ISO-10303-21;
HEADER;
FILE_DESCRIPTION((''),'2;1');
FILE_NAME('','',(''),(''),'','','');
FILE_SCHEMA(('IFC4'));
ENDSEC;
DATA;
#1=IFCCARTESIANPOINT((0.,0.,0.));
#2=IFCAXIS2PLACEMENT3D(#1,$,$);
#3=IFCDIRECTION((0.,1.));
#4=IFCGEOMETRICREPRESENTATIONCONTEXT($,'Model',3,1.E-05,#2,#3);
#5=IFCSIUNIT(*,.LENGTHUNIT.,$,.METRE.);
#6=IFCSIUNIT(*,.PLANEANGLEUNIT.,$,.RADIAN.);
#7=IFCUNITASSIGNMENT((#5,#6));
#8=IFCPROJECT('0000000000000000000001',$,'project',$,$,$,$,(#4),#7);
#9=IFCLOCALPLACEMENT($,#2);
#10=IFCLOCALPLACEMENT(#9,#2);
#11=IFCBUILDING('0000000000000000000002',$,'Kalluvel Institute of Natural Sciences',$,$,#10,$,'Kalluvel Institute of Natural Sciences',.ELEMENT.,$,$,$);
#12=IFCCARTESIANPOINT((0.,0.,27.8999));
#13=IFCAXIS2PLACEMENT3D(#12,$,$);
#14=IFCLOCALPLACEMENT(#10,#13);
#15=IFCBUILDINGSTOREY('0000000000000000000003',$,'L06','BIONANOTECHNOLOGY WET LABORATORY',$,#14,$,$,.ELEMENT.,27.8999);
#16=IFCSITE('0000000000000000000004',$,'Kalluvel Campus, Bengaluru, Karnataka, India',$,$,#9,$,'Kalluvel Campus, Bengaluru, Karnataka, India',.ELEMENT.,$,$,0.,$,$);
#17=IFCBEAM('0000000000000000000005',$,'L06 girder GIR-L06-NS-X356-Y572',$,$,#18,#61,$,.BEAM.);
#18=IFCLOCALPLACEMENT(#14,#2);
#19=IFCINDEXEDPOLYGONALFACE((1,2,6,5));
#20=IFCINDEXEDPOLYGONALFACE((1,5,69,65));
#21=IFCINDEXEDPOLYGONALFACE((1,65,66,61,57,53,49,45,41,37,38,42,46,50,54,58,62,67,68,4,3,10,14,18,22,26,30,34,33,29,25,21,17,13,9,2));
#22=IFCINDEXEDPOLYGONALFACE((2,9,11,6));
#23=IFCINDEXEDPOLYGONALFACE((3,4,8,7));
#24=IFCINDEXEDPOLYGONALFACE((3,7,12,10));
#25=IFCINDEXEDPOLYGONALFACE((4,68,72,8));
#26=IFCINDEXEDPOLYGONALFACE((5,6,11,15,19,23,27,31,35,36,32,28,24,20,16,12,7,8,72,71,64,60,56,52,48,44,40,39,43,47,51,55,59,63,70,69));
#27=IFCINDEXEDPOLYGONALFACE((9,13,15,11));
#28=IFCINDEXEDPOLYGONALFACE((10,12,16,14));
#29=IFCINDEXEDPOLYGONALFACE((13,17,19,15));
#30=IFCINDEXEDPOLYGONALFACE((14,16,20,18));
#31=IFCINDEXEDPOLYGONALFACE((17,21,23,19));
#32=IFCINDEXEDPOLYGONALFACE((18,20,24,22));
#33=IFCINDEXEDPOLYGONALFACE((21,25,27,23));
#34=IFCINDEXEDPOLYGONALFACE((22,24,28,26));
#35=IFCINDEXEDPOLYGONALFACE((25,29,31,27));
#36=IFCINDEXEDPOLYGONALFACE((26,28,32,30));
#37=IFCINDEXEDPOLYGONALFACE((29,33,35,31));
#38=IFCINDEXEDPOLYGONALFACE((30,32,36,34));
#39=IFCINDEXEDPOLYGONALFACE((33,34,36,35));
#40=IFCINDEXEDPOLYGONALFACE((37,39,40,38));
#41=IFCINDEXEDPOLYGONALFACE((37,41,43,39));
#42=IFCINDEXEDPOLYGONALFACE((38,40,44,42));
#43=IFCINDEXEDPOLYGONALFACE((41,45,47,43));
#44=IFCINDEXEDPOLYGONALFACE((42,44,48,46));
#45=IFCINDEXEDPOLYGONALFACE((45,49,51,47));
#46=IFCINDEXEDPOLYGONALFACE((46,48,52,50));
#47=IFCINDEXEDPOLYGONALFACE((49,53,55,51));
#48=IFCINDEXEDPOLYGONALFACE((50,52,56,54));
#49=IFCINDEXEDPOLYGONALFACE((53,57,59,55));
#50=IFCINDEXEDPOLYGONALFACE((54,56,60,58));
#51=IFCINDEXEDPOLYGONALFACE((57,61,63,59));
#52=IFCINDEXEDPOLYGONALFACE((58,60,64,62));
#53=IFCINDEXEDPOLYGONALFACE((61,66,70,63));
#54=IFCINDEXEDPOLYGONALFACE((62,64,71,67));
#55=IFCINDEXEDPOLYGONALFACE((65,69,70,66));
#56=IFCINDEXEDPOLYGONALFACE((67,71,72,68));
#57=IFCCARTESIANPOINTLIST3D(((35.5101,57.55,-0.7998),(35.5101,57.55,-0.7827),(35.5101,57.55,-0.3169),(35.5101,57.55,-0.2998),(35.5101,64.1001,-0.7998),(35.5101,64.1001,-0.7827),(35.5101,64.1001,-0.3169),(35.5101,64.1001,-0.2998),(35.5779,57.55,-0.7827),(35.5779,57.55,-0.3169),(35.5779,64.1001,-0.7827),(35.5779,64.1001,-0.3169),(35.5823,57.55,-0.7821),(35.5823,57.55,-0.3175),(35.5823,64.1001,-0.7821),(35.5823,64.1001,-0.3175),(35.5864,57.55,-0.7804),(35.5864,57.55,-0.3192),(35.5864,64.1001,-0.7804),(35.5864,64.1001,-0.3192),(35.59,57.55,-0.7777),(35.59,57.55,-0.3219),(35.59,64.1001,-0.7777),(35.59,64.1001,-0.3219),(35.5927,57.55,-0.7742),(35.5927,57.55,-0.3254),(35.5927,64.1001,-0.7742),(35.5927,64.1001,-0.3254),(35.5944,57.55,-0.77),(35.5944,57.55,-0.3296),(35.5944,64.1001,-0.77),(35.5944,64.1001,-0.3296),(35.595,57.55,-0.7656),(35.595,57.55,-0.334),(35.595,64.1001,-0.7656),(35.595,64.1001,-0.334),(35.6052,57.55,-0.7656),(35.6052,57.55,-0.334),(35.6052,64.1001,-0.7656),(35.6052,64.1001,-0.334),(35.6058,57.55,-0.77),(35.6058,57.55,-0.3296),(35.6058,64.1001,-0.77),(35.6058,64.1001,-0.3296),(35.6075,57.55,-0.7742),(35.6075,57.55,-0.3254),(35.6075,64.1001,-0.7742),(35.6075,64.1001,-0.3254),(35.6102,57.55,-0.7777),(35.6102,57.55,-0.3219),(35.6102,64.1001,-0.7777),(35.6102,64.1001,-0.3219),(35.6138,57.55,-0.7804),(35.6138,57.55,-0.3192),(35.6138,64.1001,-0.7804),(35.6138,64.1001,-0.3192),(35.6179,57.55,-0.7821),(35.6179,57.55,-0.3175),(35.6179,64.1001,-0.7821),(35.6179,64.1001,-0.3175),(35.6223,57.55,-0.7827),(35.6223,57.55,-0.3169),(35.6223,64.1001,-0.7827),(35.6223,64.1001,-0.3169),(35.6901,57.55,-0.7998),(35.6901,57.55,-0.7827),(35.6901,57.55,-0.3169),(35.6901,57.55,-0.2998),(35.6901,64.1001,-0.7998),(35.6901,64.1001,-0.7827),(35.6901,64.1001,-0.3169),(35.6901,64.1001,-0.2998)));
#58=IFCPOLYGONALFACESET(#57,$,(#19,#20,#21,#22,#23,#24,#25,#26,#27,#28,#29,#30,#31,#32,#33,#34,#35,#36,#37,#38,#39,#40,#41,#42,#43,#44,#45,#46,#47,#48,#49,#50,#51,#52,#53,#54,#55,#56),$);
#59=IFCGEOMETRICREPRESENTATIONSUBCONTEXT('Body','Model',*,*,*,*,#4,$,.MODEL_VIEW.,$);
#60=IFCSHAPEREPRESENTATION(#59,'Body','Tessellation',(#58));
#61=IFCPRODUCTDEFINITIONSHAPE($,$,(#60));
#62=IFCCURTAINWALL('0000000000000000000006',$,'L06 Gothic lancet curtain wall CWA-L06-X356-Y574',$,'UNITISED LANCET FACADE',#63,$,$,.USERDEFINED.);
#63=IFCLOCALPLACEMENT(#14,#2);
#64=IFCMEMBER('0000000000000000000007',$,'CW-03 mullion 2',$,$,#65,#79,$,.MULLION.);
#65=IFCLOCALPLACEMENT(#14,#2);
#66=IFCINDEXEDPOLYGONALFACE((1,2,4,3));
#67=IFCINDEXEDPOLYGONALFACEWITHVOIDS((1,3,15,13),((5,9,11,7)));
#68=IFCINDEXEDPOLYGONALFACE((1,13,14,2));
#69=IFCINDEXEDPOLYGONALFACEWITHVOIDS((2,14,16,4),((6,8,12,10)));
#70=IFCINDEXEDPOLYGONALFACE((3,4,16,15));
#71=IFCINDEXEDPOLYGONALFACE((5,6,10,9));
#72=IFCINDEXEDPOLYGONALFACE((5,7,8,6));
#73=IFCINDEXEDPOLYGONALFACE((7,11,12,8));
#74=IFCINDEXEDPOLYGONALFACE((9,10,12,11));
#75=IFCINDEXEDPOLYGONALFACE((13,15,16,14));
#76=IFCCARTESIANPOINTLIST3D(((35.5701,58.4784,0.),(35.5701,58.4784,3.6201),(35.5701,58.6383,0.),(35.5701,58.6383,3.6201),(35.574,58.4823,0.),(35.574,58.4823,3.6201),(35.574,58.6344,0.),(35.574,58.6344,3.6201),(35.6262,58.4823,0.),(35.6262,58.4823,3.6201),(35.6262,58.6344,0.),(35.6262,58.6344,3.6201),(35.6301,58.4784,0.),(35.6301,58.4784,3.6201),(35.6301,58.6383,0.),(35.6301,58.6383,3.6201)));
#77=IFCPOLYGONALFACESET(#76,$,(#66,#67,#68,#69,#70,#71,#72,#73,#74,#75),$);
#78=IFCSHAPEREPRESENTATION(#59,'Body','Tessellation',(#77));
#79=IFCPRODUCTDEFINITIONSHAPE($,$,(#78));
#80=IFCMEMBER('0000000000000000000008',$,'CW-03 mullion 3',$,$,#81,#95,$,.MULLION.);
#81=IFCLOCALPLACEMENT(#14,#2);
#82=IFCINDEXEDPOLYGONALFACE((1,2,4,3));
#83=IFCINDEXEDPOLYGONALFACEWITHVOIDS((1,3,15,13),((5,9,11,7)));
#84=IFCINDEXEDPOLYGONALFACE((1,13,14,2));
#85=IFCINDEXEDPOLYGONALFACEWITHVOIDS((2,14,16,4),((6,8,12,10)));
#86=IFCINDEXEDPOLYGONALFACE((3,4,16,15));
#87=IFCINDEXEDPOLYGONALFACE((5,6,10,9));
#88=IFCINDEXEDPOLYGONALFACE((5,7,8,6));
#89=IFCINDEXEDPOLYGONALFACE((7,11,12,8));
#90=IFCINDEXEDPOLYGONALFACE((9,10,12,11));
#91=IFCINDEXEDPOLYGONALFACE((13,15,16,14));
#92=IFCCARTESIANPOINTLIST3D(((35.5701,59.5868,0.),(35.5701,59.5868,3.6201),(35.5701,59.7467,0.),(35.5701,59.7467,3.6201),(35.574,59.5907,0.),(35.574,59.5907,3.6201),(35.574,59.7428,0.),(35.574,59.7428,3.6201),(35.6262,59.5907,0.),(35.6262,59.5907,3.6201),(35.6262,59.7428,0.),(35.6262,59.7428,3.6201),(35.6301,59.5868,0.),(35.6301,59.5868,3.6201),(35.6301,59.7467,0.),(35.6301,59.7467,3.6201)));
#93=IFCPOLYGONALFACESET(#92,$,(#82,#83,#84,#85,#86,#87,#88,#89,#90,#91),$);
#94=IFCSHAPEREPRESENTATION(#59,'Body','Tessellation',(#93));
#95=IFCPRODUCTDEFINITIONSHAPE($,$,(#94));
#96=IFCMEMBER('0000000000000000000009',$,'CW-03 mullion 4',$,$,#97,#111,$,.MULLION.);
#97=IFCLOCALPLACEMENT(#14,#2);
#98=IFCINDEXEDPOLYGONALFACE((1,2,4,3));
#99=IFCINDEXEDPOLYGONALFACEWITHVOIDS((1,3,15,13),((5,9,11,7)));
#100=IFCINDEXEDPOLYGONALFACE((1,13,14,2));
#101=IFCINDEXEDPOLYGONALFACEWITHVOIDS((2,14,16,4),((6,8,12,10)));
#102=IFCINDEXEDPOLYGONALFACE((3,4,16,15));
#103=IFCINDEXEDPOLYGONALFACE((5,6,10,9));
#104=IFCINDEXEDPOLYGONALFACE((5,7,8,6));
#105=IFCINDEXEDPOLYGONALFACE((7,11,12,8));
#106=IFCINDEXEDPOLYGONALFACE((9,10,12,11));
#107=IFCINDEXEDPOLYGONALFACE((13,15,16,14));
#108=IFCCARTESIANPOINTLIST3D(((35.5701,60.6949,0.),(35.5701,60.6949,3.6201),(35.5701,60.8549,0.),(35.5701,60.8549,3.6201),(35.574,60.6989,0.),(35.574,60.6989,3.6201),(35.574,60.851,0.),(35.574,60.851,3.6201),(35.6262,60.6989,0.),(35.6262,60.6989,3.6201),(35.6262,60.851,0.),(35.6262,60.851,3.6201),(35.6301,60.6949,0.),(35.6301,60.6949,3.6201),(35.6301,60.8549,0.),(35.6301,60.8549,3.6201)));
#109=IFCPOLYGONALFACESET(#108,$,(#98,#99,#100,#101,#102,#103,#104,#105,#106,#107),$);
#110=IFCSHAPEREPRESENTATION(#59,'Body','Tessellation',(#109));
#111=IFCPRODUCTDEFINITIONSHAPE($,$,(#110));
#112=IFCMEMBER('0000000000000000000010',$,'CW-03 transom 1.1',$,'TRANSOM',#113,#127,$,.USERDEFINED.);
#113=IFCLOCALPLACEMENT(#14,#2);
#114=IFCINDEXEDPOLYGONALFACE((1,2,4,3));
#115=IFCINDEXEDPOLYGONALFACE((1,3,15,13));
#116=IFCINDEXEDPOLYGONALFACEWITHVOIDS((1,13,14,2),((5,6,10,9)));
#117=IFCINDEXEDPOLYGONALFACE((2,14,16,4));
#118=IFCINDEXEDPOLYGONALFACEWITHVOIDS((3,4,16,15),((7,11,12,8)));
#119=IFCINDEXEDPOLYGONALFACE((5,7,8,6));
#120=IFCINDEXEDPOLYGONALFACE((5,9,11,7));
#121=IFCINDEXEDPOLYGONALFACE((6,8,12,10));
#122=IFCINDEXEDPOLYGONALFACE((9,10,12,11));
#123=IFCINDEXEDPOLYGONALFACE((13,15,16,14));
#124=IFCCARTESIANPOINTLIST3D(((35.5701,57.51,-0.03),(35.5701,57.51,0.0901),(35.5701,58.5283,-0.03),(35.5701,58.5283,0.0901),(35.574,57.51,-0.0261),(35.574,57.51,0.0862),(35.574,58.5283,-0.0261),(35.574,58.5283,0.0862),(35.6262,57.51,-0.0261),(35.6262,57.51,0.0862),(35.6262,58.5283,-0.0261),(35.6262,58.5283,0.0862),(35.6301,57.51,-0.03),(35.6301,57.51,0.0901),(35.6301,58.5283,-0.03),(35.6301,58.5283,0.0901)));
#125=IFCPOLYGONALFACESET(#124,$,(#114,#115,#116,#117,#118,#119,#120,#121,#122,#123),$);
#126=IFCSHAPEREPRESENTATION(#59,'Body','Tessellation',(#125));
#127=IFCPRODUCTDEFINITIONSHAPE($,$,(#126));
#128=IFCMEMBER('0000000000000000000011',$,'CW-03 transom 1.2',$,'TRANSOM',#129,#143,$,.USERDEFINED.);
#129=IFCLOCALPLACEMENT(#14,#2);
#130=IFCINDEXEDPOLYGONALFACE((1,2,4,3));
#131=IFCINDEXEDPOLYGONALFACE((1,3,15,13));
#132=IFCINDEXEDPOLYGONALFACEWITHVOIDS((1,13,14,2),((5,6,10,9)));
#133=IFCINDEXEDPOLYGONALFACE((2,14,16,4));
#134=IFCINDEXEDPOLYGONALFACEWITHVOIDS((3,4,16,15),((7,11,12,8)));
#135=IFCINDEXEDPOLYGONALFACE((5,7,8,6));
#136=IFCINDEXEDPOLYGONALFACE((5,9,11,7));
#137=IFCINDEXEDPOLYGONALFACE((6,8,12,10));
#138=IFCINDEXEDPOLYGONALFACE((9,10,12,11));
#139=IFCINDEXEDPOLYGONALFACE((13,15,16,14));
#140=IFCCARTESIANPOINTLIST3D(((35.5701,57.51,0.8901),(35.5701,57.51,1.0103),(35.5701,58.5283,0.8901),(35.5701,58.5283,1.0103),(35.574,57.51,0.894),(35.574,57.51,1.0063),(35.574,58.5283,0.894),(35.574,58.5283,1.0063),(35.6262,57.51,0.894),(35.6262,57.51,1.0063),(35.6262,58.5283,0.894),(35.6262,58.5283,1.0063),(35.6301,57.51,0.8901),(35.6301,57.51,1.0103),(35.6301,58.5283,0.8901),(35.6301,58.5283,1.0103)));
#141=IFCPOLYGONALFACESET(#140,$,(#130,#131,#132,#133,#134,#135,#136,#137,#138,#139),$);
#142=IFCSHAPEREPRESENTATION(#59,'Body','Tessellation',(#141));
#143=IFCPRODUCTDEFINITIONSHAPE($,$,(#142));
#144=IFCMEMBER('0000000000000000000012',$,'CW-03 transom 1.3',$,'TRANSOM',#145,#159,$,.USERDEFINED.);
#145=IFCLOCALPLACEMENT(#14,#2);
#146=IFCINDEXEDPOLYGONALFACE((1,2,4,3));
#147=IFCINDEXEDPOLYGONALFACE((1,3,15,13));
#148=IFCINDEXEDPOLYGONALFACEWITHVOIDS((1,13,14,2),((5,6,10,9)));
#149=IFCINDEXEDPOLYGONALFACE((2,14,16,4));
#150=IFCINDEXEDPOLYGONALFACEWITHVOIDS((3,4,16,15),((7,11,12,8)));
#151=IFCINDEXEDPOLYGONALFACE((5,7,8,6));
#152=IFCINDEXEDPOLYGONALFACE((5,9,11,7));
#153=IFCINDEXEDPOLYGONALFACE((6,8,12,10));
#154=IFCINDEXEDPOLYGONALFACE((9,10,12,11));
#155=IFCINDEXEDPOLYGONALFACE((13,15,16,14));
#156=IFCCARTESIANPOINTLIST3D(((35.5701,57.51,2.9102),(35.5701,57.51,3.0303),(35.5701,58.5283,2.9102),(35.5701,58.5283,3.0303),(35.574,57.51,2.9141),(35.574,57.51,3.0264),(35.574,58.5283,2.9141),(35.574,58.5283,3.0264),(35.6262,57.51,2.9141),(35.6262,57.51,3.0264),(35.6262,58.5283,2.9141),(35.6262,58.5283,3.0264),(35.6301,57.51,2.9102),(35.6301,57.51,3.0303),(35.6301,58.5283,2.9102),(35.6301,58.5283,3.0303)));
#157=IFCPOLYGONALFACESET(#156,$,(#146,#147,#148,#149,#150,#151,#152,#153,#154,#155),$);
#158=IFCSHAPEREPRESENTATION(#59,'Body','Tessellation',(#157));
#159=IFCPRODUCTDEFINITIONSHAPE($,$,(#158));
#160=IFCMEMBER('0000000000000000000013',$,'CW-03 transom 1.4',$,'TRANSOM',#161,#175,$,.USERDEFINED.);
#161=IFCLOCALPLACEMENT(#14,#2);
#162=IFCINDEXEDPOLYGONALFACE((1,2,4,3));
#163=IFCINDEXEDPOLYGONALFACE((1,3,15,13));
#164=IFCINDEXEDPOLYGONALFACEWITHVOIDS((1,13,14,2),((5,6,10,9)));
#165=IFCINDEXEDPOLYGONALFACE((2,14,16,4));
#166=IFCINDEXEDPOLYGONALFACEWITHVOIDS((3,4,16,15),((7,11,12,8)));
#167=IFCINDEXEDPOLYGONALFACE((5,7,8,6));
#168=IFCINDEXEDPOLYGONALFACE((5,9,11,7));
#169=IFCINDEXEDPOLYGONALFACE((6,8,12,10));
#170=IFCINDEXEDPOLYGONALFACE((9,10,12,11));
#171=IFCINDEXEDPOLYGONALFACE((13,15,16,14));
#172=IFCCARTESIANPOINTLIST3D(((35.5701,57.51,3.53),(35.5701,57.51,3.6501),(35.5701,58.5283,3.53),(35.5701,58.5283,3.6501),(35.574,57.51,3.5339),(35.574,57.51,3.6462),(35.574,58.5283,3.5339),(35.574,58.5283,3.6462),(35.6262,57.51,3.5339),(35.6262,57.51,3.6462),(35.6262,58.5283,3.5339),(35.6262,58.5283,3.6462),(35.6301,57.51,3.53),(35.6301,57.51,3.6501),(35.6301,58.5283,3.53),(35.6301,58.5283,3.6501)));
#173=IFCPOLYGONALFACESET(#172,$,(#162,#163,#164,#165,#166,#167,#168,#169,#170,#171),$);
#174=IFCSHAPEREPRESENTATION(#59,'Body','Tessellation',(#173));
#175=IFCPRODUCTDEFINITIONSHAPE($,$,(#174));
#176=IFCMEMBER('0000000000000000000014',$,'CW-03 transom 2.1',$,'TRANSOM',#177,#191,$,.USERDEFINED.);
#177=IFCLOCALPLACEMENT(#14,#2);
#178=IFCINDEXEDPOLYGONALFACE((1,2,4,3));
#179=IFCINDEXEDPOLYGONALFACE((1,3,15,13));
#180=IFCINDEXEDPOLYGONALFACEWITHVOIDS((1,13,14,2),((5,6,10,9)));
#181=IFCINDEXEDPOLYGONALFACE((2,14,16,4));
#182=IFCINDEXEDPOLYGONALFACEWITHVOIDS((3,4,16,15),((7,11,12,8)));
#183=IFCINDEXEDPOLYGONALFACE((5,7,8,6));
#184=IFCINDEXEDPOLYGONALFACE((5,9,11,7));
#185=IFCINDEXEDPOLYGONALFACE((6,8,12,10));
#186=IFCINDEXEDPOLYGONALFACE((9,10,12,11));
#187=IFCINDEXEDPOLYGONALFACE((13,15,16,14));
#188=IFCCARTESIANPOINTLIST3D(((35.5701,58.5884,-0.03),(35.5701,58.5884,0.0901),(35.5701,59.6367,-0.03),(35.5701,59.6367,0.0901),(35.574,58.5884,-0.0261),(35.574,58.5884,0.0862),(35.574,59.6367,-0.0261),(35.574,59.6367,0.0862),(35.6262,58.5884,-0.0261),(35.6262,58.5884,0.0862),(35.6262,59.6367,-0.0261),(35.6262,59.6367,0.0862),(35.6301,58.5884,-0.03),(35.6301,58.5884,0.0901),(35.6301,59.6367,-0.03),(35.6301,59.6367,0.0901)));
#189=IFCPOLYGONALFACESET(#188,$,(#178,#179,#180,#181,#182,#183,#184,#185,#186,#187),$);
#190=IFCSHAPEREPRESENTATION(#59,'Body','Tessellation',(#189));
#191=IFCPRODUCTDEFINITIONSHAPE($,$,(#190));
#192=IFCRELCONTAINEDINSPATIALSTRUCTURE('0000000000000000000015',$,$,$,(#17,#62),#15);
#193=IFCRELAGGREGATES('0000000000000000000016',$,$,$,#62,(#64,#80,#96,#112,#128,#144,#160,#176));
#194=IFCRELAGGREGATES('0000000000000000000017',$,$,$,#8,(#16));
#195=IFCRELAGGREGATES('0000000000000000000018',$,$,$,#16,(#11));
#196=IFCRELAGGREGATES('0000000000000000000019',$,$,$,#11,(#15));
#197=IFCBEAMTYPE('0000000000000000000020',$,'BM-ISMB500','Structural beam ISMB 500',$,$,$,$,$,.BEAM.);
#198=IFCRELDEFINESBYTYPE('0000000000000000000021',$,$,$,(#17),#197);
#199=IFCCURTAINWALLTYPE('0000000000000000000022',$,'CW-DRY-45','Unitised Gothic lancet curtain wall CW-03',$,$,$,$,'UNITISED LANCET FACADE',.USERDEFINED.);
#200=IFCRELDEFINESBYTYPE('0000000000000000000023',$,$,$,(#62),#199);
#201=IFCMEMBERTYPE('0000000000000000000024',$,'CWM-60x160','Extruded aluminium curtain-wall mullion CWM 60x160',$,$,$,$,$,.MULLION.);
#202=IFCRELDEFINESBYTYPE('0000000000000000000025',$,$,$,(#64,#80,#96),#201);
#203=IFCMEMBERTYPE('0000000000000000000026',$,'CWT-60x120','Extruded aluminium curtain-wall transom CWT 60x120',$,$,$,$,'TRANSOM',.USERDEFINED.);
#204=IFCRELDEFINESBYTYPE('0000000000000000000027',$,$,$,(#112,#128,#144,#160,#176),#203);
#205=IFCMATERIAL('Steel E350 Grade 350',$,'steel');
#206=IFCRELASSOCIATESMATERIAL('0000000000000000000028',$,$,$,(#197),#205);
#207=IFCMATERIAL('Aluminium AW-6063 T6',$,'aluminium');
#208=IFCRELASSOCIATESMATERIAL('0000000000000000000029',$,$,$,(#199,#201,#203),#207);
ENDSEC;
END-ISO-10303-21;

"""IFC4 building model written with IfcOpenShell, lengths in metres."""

from ifc_helpers import new_model, si_unit, direction, frame, origin, origin_2d, place, context, subcontext, project, spatial, hollow_rectangle, i_section, extrude, material, material_profile, profile_set, type_object, element, aggregate, save


model = new_model("IFC4")

# Units and contexts
model_context = context("Model", 3, precision=1e-05, world=origin(), true_north=direction((0.0, 1.0)))
body_context = subcontext(model_context, "Body", "Model", "MODEL_VIEW")
ifc_project = project(units=[si_unit("LENGTHUNIT", "METRE"), si_unit("PLANEANGLEUNIT", "RADIAN")], contexts=[model_context])

# Site, building, storey
site_placement = place(None, origin())
site = spatial("IfcSite", under=ifc_project, at=site_placement, Name="Kalluvel Campus, Bengaluru, Karnataka, India", LongName="Kalluvel Campus, Bengaluru, Karnataka, India", CompositionType="ELEMENT", RefElevation=0.0)
building_placement = place(site_placement, origin())
building = spatial("IfcBuilding", under=site, at=building_placement, Name="Kalluvel Institute of Natural Sciences", LongName="Kalluvel Institute of Natural Sciences", CompositionType="ELEMENT")
storey_placement = place(building_placement, frame((0.0, 0.0, 27.8999)))
storey = spatial("IfcBuildingStorey", under=building, at=storey_placement, Name="L06", Description="BIONANOTECHNOLOGY WET LABORATORY", CompositionType="ELEMENT", Elevation=27.8999)

# Beam
ifc_material_1 = material(Name="Steel E350 Grade 350", Category="steel")
ifc_material_profile_1 = material_profile(ifc_material_1, i_section(OverallWidth=0.1799, OverallDepth=0.5, WebThickness=0.0103, FlangeThickness=0.0171, FilletRadius=0.0171, at=origin_2d()), Name="ISMB 500")
ifc_profile_set_1 = profile_set([ifc_material_profile_1], Name="Steel E350 Grade 350")
beam_type = type_object("IfcBeamType", Name="BM-ISMB500", Description="Structural beam ISMB 500", PredefinedType="BEAM", material=ifc_profile_set_1)
beam_placement = place(storey_placement, frame((35.6001, 57.55, -0.5498), z_axis=(0.0, 1.0, 0.0), x_axis=(-1.0, 0.0, 0.0)))
element("IfcBeam", 1, at=beam_placement, inside=storey, type_object=beam_type, Name="L06 girder GIR-L06-NS-X356-Y572", PredefinedType="BEAM", context=body_context, shape_type="SweptSolid", body=[
    extrude(i_section(OverallWidth=0.1799, OverallDepth=0.5, WebThickness=0.0103, FlangeThickness=0.0171, FilletRadius=0.0171, at=origin_2d()), origin(), (0.0, 0.0, 1.0), 6.55),
])

# Curtain wall, members
ifc_material_2 = material(Name="Aluminium AW-6063 T6", Category="aluminium")
curtain_wall_type = type_object("IfcCurtainWallType", Name="CW-DRY-45", Description="Unitised Gothic lancet curtain wall CW-03", ElementType="UNITISED LANCET FACADE", PredefinedType="USERDEFINED", material=ifc_material_2)
curtain_wall_placement = place(storey_placement, origin())
curtain_wall = element("IfcCurtainWall", 2, at=curtain_wall_placement, inside=storey, type_object=curtain_wall_type, Name="L06 Gothic lancet curtain wall CWA-L06-X356-Y574", ObjectType="UNITISED LANCET FACADE", PredefinedType="USERDEFINED")
ifc_material_profile_2 = material_profile(ifc_material_2, hollow_rectangle(XDim=0.0601, YDim=0.1599, WallThickness=0.0039, at=origin_2d()), Name="CWM 60x160")
ifc_profile_set_2 = profile_set([ifc_material_profile_2], Name="Aluminium AW-6063 T6")
member_type_1 = type_object("IfcMemberType", Name="CWM-60x160", Description="Extruded aluminium curtain-wall mullion CWM 60x160", PredefinedType="MULLION", material=ifc_profile_set_2)
member_1_placement = place(storey_placement, frame((35.6001, 58.5583, 0.0), z_axis=(0.0, 0.0, 1.0), x_axis=(-1.0, 0.0, 0.0)))
member_1 = element("IfcMember", 3, at=member_1_placement, type_object=member_type_1, Name="CW-03 mullion 2", PredefinedType="MULLION", context=body_context, shape_type="SweptSolid", body=[
    extrude(hollow_rectangle(XDim=0.0601, YDim=0.1599, WallThickness=0.0039, at=origin_2d()), origin(), (0.0, 0.0, 1.0), 3.6201),
])
member_2_placement = place(storey_placement, frame((35.6001, 59.6667, 0.0), z_axis=(0.0, 0.0, 1.0), x_axis=(-1.0, 0.0, 0.0)))
member_2 = element("IfcMember", 4, at=member_2_placement, type_object=member_type_1, Name="CW-03 mullion 3", PredefinedType="MULLION", context=body_context, shape_type="SweptSolid", body=[
    extrude(hollow_rectangle(XDim=0.0601, YDim=0.1599, WallThickness=0.0039, at=origin_2d()), origin(), (0.0, 0.0, 1.0), 3.6201),
])
member_3_placement = place(storey_placement, frame((35.6001, 60.7749, 0.0), z_axis=(0.0, 0.0, 1.0), x_axis=(-1.0, 0.0, 0.0)))
member_3 = element("IfcMember", 5, at=member_3_placement, type_object=member_type_1, Name="CW-03 mullion 4", PredefinedType="MULLION", context=body_context, shape_type="SweptSolid", body=[
    extrude(hollow_rectangle(XDim=0.0601, YDim=0.1599, WallThickness=0.0039, at=origin_2d()), origin(), (0.0, 0.0, 1.0), 3.6201),
])
ifc_material_profile_3 = material_profile(ifc_material_2, hollow_rectangle(XDim=0.0601, YDim=0.1201, WallThickness=0.0039, at=origin_2d()), Name="CWT 60x120")
ifc_profile_set_3 = profile_set([ifc_material_profile_3], Name="Aluminium AW-6063 T6")
member_type_2 = type_object("IfcMemberType", Name="CWT-60x120", Description="Extruded aluminium curtain-wall transom CWT 60x120", ElementType="TRANSOM", PredefinedType="USERDEFINED", material=ifc_profile_set_3)
member_4_placement = place(storey_placement, frame((35.6001, 57.51, 0.03), z_axis=(0.0, 1.0, 0.0), x_axis=(-1.0, 0.0, 0.0)))
member_4 = element("IfcMember", 6, at=member_4_placement, type_object=member_type_2, Name="CW-03 transom 1.1", ObjectType="TRANSOM", PredefinedType="USERDEFINED", context=body_context, shape_type="SweptSolid", body=[
    extrude(hollow_rectangle(XDim=0.0601, YDim=0.1201, WallThickness=0.0039, at=origin_2d()), origin(), (0.0, 0.0, 1.0), 1.0183),
])
member_5_placement = place(storey_placement, frame((35.6001, 57.51, 0.9502), z_axis=(0.0, 1.0, 0.0), x_axis=(-1.0, 0.0, 0.0)))
member_5 = element("IfcMember", 7, at=member_5_placement, type_object=member_type_2, Name="CW-03 transom 1.2", ObjectType="TRANSOM", PredefinedType="USERDEFINED", context=body_context, shape_type="SweptSolid", body=[
    extrude(hollow_rectangle(XDim=0.0601, YDim=0.1201, WallThickness=0.0039, at=origin_2d()), origin(), (0.0, 0.0, 1.0), 1.0183),
])
member_6_placement = place(storey_placement, frame((35.6001, 57.51, 2.9702), z_axis=(0.0, 1.0, 0.0), x_axis=(-1.0, 0.0, 0.0)))
member_6 = element("IfcMember", 8, at=member_6_placement, type_object=member_type_2, Name="CW-03 transom 1.3", ObjectType="TRANSOM", PredefinedType="USERDEFINED", context=body_context, shape_type="SweptSolid", body=[
    extrude(hollow_rectangle(XDim=0.0601, YDim=0.1201, WallThickness=0.0039, at=origin_2d()), origin(), (0.0, 0.0, 1.0), 1.0183),
])
member_7_placement = place(storey_placement, frame((35.6001, 57.51, 3.5901), z_axis=(0.0, 1.0, 0.0), x_axis=(-1.0, 0.0, 0.0)))
member_7 = element("IfcMember", 9, at=member_7_placement, type_object=member_type_2, Name="CW-03 transom 1.4", ObjectType="TRANSOM", PredefinedType="USERDEFINED", context=body_context, shape_type="SweptSolid", body=[
    extrude(hollow_rectangle(XDim=0.0601, YDim=0.1201, WallThickness=0.0039, at=origin_2d()), origin(), (0.0, 0.0, 1.0), 1.0183),
])
member_8_placement = place(storey_placement, frame((35.6001, 58.5884, 0.03), z_axis=(0.0, 1.0, 0.0), x_axis=(-1.0, 0.0, 0.0)))
member_8 = element("IfcMember", 10, at=member_8_placement, type_object=member_type_2, Name="CW-03 transom 2.1", ObjectType="TRANSOM", PredefinedType="USERDEFINED", context=body_context, shape_type="SweptSolid", body=[
    extrude(hollow_rectangle(XDim=0.0601, YDim=0.1201, WallThickness=0.0039, at=origin_2d()), origin(), (0.0, 0.0, 1.0), 1.0483),
])
aggregate(curtain_wall, [member_1, member_2, member_3, member_4, member_5, member_6, member_7, member_8])

save(model, "model.ifc")
